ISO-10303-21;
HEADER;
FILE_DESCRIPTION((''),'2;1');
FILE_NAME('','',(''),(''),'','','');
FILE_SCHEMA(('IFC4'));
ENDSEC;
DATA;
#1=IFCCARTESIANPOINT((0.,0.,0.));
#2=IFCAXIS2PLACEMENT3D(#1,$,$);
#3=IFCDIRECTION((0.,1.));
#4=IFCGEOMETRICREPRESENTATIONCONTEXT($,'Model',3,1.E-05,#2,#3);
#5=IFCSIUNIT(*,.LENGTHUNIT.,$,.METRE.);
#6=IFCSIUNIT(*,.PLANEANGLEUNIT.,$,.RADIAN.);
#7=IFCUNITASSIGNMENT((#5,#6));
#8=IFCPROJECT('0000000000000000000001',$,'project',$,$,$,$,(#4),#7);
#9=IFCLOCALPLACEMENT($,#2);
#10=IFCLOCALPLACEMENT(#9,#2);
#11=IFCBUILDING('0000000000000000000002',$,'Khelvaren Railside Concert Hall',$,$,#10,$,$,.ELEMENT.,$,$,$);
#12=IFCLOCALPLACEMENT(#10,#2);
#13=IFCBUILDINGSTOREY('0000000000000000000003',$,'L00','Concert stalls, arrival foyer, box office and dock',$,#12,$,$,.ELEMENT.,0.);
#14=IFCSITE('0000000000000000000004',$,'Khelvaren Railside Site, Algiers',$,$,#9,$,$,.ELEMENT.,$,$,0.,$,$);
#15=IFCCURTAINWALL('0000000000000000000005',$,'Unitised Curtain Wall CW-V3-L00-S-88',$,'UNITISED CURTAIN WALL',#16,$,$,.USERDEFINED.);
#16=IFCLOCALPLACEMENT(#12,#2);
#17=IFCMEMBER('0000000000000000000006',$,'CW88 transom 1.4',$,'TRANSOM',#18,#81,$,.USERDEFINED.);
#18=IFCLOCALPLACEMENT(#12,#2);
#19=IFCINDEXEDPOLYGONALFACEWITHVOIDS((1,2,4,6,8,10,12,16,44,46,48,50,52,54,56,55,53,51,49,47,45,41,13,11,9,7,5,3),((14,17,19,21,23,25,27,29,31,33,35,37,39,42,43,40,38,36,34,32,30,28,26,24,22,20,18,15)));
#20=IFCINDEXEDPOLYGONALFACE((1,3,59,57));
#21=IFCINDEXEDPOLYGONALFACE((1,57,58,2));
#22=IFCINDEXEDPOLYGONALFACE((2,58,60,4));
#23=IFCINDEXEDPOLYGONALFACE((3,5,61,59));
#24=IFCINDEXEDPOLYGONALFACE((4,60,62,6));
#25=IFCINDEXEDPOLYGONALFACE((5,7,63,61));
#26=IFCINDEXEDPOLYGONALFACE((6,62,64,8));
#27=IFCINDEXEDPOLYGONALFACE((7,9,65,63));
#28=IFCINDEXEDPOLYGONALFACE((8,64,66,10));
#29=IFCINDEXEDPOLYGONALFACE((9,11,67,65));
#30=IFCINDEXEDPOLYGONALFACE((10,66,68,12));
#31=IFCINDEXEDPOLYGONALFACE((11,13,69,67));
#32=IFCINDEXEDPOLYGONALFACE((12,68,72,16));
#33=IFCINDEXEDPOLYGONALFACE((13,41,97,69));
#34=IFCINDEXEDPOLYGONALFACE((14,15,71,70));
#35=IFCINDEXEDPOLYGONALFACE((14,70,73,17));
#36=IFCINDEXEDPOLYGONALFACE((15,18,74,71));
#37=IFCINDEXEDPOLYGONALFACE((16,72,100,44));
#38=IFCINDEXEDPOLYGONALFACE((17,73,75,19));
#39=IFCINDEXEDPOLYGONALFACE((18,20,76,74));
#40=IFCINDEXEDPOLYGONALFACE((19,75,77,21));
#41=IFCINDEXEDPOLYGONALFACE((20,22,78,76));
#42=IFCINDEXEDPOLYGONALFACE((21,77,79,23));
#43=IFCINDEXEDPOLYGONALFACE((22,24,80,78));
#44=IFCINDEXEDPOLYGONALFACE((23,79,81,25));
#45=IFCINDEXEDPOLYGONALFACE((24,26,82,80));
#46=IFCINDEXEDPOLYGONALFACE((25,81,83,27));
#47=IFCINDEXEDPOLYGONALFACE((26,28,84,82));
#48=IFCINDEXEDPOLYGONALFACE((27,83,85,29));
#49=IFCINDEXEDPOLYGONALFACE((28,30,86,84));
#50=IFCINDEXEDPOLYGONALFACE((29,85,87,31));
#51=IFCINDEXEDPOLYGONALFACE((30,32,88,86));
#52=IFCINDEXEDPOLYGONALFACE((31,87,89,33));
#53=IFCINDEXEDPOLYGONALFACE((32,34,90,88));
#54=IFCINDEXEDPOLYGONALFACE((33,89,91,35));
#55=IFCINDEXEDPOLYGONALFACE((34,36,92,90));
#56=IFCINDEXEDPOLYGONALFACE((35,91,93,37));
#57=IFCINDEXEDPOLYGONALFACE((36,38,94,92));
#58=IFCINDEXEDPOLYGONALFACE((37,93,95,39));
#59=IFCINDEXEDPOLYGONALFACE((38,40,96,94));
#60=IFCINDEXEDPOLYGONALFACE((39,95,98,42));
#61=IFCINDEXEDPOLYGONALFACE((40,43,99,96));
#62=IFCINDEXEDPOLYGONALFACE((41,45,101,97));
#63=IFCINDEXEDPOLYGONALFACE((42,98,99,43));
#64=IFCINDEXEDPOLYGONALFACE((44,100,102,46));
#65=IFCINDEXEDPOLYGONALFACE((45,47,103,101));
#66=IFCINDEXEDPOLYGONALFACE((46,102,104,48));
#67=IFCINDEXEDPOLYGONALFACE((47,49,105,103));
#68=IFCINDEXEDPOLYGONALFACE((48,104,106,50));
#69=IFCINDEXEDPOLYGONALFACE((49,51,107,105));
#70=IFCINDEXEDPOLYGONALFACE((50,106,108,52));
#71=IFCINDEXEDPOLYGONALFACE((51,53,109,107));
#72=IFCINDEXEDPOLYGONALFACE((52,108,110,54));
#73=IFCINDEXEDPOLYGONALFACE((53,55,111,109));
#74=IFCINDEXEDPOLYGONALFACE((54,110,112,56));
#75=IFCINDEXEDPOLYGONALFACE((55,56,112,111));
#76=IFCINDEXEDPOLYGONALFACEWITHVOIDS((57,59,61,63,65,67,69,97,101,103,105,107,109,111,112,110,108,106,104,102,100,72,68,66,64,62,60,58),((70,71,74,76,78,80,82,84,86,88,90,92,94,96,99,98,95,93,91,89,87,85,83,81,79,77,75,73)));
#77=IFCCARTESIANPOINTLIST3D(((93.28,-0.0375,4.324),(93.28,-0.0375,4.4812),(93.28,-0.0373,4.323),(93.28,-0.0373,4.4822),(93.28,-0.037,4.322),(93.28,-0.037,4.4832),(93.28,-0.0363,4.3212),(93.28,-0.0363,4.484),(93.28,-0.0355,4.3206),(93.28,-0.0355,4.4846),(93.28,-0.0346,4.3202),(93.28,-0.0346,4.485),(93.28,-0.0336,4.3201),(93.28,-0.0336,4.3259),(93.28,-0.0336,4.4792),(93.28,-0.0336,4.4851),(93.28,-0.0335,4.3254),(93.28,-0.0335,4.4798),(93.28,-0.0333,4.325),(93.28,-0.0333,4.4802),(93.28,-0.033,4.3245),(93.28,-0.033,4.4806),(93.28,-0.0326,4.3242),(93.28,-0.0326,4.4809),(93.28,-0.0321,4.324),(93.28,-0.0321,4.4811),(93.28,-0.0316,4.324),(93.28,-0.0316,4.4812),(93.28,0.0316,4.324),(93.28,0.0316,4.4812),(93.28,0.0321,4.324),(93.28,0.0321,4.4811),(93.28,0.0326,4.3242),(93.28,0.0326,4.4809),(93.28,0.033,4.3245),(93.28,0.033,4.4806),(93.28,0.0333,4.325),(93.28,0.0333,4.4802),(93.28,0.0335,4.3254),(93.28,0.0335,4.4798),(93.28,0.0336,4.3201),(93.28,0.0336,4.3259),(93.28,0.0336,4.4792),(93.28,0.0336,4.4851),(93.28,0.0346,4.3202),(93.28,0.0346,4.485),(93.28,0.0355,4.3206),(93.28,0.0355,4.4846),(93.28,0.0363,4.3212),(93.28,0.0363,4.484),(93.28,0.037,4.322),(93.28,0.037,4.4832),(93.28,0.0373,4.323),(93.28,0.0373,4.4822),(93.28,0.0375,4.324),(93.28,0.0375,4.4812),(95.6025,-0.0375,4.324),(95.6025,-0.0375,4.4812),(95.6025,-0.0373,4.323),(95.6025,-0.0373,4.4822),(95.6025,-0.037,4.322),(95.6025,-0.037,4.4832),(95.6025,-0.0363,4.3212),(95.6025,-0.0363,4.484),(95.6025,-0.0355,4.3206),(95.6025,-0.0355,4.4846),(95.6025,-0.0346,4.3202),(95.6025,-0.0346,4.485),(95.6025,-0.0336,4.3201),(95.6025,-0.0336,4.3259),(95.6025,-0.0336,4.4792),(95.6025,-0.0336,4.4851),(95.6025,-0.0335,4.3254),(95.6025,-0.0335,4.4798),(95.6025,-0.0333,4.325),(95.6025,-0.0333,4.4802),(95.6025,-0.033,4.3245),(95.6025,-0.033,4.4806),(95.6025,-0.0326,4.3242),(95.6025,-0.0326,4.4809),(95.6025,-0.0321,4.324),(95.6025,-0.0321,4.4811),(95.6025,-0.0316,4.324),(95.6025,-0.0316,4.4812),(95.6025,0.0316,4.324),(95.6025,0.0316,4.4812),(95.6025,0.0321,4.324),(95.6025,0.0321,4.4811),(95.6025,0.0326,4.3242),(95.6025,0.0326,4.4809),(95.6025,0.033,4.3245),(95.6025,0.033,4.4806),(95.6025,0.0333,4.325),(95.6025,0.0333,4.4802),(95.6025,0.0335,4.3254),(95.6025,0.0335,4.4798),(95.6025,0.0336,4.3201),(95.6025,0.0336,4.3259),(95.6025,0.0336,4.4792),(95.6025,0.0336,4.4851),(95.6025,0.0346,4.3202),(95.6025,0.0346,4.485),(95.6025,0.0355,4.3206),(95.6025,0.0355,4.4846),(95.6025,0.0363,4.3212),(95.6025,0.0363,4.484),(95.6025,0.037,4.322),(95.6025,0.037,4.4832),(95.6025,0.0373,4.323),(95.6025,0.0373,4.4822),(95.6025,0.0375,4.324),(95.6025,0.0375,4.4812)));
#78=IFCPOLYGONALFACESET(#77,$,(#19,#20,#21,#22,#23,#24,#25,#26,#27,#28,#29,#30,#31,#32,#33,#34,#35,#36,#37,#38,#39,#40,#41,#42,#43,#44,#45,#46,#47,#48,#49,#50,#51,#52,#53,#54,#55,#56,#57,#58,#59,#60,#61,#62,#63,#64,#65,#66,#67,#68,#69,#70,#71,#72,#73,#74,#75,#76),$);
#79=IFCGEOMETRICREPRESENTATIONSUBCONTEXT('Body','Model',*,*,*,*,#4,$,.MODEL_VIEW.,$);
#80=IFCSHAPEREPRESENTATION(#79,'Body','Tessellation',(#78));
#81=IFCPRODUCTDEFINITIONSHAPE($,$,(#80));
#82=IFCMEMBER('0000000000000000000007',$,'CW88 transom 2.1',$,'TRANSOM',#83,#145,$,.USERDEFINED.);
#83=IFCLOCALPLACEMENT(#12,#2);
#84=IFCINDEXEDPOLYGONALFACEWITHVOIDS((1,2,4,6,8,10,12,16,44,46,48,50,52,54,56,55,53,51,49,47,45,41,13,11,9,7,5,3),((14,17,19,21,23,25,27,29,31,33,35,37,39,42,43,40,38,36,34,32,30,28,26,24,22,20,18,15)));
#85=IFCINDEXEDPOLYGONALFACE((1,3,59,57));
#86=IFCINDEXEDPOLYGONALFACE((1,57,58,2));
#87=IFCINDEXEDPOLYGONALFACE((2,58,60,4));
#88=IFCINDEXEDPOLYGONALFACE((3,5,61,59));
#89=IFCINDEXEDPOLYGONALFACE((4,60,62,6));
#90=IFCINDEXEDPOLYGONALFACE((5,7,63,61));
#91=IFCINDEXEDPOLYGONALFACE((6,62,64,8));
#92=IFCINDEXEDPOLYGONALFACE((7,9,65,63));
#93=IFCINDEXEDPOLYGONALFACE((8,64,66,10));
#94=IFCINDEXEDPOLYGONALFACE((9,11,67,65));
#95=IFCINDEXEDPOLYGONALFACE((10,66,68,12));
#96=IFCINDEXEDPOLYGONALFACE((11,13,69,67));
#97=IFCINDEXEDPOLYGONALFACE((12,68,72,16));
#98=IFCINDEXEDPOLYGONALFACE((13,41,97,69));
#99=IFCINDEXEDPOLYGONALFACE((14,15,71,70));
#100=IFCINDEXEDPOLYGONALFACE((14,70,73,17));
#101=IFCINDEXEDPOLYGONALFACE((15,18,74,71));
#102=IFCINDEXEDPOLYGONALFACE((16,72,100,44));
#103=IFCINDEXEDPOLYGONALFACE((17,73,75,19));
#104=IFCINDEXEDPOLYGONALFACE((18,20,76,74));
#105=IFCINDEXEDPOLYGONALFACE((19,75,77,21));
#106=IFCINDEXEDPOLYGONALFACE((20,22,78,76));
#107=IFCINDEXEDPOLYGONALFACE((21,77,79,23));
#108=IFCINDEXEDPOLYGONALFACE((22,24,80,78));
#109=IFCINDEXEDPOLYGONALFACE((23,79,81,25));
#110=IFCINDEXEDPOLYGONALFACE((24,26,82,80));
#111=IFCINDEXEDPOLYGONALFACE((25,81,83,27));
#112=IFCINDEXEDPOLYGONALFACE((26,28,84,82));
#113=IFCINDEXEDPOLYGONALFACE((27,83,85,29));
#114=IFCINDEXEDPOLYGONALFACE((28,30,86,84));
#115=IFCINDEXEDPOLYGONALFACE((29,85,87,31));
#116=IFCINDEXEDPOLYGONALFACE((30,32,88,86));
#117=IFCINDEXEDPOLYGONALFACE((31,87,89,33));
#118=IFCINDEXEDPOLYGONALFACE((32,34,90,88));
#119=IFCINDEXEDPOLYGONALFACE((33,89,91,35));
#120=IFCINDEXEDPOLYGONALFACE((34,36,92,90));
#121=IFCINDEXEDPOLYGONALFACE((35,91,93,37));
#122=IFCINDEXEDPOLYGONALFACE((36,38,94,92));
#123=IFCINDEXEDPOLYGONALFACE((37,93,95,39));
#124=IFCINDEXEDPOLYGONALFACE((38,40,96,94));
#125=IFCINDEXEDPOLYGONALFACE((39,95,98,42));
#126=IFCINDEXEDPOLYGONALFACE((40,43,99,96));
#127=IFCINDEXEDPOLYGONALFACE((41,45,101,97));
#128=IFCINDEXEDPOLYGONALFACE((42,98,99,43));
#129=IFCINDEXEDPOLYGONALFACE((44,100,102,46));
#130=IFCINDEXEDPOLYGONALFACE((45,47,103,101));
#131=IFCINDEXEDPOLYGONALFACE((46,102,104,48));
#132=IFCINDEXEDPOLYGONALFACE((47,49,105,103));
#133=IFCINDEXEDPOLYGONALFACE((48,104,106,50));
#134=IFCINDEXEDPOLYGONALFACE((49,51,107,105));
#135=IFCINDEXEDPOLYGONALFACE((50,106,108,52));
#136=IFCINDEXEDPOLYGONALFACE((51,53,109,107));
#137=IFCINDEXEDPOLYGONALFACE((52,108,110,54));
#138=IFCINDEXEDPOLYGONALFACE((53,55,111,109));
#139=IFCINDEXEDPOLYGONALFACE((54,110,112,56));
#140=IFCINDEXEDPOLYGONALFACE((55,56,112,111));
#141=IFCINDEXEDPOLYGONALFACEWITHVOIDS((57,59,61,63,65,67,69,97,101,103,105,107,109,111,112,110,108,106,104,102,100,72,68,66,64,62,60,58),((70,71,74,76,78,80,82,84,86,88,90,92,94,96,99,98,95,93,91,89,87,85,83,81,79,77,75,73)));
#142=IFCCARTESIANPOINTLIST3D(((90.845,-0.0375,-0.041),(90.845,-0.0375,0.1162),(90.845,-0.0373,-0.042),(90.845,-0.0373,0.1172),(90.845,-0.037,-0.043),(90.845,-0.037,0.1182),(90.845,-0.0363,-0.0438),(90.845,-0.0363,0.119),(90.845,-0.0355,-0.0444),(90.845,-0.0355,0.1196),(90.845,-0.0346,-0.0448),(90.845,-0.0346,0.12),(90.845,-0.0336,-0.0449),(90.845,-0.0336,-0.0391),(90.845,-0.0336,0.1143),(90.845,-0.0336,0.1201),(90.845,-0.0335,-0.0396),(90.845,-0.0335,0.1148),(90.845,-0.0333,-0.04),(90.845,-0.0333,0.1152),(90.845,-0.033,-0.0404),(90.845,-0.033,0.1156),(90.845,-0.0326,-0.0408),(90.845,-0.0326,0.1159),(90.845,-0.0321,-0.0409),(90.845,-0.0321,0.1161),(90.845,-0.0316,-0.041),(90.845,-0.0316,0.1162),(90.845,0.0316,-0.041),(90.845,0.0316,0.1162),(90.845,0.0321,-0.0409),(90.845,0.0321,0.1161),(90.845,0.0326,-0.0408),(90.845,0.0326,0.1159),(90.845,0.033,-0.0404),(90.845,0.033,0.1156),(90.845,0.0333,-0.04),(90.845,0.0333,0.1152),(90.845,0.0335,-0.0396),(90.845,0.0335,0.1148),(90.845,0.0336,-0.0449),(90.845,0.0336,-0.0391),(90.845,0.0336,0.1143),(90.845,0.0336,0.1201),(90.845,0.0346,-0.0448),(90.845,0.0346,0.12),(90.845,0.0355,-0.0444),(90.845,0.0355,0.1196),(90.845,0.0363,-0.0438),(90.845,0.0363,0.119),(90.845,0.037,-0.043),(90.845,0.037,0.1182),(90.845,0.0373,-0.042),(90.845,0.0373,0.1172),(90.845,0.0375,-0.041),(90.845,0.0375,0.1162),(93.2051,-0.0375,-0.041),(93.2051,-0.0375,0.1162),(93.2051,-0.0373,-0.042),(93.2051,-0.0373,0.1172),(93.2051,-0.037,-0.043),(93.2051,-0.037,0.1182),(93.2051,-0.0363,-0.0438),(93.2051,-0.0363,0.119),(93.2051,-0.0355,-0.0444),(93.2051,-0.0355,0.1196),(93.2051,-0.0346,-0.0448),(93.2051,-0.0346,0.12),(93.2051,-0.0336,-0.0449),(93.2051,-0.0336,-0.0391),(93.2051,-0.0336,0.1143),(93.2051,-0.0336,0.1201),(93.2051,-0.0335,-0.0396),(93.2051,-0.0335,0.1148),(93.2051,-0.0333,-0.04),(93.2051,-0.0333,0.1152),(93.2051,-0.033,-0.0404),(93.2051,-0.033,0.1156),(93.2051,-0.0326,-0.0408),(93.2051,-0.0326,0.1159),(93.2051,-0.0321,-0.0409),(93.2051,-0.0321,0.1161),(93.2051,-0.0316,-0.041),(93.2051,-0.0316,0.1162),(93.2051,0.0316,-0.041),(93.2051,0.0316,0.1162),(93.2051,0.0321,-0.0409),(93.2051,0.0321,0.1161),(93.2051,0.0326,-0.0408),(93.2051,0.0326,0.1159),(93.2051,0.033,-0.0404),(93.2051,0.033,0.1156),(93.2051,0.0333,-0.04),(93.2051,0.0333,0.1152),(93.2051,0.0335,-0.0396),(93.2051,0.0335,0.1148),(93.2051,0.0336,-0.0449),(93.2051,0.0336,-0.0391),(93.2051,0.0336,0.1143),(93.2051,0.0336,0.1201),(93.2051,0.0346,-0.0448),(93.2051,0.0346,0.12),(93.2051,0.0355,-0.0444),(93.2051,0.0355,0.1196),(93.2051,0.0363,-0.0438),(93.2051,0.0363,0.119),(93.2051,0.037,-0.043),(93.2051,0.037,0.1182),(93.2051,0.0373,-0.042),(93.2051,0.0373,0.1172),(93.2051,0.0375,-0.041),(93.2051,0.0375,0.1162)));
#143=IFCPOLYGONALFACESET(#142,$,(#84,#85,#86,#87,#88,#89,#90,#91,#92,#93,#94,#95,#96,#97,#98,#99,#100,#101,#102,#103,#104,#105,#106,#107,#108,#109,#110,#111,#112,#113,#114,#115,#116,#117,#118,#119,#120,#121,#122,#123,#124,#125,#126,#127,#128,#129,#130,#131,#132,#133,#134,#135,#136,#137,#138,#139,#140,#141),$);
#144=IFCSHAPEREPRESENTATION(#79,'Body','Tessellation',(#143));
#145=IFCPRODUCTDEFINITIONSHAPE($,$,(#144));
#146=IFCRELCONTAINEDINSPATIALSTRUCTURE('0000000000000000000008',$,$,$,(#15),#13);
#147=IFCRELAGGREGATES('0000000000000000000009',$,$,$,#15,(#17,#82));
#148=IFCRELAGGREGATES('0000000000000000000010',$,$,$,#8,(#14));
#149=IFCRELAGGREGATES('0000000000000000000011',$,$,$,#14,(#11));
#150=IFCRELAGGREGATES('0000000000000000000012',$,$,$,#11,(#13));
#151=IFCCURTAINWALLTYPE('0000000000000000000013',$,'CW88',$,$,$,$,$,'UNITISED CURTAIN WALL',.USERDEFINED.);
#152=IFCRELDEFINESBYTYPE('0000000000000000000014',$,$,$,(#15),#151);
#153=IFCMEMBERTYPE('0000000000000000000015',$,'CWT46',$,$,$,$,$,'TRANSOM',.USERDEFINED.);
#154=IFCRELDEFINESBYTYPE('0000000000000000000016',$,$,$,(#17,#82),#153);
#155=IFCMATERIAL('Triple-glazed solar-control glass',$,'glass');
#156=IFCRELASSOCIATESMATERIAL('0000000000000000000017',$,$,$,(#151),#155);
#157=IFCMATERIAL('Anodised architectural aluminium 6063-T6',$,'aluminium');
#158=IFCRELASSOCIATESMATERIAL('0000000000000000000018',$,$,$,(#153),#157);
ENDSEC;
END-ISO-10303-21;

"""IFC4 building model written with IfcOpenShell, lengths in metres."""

from ifc_helpers import new_model, si_unit, direction, frame, origin, origin_2d, place, context, subcontext, project, spatial, hollow_rectangle, extrude, material, material_profile, profile_set, type_object, element, aggregate, save


model = new_model("IFC4")

# Units and contexts
model_context = context("Model", 3, precision=1e-05, world=origin(), true_north=direction((0.0, 1.0)))
body_context = subcontext(model_context, "Body", "Model", "MODEL_VIEW")
ifc_project = project(units=[si_unit("LENGTHUNIT", "METRE"), si_unit("PLANEANGLEUNIT", "RADIAN")], contexts=[model_context])

# Site, building, storey
site_placement = place(None, origin())
site = spatial("IfcSite", under=ifc_project, at=site_placement, Name="Khelvaren Railside Site, Algiers", CompositionType="ELEMENT", RefElevation=0.0)
building_placement = place(site_placement, origin())
building = spatial("IfcBuilding", under=site, at=building_placement, Name="Khelvaren Railside Concert Hall", CompositionType="ELEMENT")
storey_placement = place(building_placement, origin())
storey = spatial("IfcBuildingStorey", under=building, at=storey_placement, Name="L00", Description="Concert stalls, arrival foyer, box office and dock", CompositionType="ELEMENT", Elevation=0.0)

# Curtain wall, members
ifc_material_1 = material(Name="Triple-glazed solar-control glass", Category="glass")
curtain_wall_type = type_object("IfcCurtainWallType", Name="CW88", ElementType="UNITISED CURTAIN WALL", PredefinedType="USERDEFINED", material=ifc_material_1)
curtain_wall_placement = place(storey_placement, origin())
curtain_wall = element("IfcCurtainWall", 1, at=curtain_wall_placement, inside=storey, type_object=curtain_wall_type, Name="Unitised Curtain Wall CW-V3-L00-S-88", ObjectType="UNITISED CURTAIN WALL", PredefinedType="USERDEFINED")
ifc_material_2 = material(Name="Anodised architectural aluminium 6063-T6", Category="aluminium")
ifc_material_profile_1 = material_profile(ifc_material_2, hollow_rectangle(XDim=0.075, YDim=0.165, WallThickness=0.0039, InnerFilletRadius=0.002, OuterFilletRadius=0.0039, at=origin_2d()), Name="CWT 75x165x4")
ifc_profile_set_1 = profile_set([ifc_material_profile_1], Name="Anodised architectural aluminium 6063-T6")
member_type_1 = type_object("IfcMemberType", Name="CWT46", ElementType="TRANSOM", PredefinedType="USERDEFINED", material=ifc_profile_set_1)
member_1_placement = place(storey_placement, frame((95.6025, 0.0, 4.4026), z_axis=(-1.0, 0.0, 0.0), x_axis=(0.0, -1.0, 0.0)))
member_1 = element("IfcMember", 2, at=member_1_placement, type_object=member_type_1, Name="CW88 transom 1.4", ObjectType="TRANSOM", PredefinedType="USERDEFINED", context=body_context, shape_type="SweptSolid", body=[
    extrude(hollow_rectangle(XDim=0.075, YDim=0.165, WallThickness=0.0039, InnerFilletRadius=0.002, OuterFilletRadius=0.0039, at=origin_2d()), origin(), (0.0, 0.0, 1.0), 2.3225),
])
member_2_placement = place(storey_placement, frame((93.2051, 0.0, 0.0376), z_axis=(-1.0, 0.0, 0.0), x_axis=(0.0, -1.0, 0.0)))
member_2 = element("IfcMember", 3, at=member_2_placement, type_object=member_type_1, Name="CW88 transom 2.1", ObjectType="TRANSOM", PredefinedType="USERDEFINED", context=body_context, shape_type="SweptSolid", body=[
    extrude(hollow_rectangle(XDim=0.075, YDim=0.165, WallThickness=0.0039, InnerFilletRadius=0.002, OuterFilletRadius=0.0039, at=origin_2d()), origin(), (0.0, 0.0, 1.0), 2.3601),
])

aggregate(curtain_wall, [member_1, member_2])

save(model, "model.ifc")
